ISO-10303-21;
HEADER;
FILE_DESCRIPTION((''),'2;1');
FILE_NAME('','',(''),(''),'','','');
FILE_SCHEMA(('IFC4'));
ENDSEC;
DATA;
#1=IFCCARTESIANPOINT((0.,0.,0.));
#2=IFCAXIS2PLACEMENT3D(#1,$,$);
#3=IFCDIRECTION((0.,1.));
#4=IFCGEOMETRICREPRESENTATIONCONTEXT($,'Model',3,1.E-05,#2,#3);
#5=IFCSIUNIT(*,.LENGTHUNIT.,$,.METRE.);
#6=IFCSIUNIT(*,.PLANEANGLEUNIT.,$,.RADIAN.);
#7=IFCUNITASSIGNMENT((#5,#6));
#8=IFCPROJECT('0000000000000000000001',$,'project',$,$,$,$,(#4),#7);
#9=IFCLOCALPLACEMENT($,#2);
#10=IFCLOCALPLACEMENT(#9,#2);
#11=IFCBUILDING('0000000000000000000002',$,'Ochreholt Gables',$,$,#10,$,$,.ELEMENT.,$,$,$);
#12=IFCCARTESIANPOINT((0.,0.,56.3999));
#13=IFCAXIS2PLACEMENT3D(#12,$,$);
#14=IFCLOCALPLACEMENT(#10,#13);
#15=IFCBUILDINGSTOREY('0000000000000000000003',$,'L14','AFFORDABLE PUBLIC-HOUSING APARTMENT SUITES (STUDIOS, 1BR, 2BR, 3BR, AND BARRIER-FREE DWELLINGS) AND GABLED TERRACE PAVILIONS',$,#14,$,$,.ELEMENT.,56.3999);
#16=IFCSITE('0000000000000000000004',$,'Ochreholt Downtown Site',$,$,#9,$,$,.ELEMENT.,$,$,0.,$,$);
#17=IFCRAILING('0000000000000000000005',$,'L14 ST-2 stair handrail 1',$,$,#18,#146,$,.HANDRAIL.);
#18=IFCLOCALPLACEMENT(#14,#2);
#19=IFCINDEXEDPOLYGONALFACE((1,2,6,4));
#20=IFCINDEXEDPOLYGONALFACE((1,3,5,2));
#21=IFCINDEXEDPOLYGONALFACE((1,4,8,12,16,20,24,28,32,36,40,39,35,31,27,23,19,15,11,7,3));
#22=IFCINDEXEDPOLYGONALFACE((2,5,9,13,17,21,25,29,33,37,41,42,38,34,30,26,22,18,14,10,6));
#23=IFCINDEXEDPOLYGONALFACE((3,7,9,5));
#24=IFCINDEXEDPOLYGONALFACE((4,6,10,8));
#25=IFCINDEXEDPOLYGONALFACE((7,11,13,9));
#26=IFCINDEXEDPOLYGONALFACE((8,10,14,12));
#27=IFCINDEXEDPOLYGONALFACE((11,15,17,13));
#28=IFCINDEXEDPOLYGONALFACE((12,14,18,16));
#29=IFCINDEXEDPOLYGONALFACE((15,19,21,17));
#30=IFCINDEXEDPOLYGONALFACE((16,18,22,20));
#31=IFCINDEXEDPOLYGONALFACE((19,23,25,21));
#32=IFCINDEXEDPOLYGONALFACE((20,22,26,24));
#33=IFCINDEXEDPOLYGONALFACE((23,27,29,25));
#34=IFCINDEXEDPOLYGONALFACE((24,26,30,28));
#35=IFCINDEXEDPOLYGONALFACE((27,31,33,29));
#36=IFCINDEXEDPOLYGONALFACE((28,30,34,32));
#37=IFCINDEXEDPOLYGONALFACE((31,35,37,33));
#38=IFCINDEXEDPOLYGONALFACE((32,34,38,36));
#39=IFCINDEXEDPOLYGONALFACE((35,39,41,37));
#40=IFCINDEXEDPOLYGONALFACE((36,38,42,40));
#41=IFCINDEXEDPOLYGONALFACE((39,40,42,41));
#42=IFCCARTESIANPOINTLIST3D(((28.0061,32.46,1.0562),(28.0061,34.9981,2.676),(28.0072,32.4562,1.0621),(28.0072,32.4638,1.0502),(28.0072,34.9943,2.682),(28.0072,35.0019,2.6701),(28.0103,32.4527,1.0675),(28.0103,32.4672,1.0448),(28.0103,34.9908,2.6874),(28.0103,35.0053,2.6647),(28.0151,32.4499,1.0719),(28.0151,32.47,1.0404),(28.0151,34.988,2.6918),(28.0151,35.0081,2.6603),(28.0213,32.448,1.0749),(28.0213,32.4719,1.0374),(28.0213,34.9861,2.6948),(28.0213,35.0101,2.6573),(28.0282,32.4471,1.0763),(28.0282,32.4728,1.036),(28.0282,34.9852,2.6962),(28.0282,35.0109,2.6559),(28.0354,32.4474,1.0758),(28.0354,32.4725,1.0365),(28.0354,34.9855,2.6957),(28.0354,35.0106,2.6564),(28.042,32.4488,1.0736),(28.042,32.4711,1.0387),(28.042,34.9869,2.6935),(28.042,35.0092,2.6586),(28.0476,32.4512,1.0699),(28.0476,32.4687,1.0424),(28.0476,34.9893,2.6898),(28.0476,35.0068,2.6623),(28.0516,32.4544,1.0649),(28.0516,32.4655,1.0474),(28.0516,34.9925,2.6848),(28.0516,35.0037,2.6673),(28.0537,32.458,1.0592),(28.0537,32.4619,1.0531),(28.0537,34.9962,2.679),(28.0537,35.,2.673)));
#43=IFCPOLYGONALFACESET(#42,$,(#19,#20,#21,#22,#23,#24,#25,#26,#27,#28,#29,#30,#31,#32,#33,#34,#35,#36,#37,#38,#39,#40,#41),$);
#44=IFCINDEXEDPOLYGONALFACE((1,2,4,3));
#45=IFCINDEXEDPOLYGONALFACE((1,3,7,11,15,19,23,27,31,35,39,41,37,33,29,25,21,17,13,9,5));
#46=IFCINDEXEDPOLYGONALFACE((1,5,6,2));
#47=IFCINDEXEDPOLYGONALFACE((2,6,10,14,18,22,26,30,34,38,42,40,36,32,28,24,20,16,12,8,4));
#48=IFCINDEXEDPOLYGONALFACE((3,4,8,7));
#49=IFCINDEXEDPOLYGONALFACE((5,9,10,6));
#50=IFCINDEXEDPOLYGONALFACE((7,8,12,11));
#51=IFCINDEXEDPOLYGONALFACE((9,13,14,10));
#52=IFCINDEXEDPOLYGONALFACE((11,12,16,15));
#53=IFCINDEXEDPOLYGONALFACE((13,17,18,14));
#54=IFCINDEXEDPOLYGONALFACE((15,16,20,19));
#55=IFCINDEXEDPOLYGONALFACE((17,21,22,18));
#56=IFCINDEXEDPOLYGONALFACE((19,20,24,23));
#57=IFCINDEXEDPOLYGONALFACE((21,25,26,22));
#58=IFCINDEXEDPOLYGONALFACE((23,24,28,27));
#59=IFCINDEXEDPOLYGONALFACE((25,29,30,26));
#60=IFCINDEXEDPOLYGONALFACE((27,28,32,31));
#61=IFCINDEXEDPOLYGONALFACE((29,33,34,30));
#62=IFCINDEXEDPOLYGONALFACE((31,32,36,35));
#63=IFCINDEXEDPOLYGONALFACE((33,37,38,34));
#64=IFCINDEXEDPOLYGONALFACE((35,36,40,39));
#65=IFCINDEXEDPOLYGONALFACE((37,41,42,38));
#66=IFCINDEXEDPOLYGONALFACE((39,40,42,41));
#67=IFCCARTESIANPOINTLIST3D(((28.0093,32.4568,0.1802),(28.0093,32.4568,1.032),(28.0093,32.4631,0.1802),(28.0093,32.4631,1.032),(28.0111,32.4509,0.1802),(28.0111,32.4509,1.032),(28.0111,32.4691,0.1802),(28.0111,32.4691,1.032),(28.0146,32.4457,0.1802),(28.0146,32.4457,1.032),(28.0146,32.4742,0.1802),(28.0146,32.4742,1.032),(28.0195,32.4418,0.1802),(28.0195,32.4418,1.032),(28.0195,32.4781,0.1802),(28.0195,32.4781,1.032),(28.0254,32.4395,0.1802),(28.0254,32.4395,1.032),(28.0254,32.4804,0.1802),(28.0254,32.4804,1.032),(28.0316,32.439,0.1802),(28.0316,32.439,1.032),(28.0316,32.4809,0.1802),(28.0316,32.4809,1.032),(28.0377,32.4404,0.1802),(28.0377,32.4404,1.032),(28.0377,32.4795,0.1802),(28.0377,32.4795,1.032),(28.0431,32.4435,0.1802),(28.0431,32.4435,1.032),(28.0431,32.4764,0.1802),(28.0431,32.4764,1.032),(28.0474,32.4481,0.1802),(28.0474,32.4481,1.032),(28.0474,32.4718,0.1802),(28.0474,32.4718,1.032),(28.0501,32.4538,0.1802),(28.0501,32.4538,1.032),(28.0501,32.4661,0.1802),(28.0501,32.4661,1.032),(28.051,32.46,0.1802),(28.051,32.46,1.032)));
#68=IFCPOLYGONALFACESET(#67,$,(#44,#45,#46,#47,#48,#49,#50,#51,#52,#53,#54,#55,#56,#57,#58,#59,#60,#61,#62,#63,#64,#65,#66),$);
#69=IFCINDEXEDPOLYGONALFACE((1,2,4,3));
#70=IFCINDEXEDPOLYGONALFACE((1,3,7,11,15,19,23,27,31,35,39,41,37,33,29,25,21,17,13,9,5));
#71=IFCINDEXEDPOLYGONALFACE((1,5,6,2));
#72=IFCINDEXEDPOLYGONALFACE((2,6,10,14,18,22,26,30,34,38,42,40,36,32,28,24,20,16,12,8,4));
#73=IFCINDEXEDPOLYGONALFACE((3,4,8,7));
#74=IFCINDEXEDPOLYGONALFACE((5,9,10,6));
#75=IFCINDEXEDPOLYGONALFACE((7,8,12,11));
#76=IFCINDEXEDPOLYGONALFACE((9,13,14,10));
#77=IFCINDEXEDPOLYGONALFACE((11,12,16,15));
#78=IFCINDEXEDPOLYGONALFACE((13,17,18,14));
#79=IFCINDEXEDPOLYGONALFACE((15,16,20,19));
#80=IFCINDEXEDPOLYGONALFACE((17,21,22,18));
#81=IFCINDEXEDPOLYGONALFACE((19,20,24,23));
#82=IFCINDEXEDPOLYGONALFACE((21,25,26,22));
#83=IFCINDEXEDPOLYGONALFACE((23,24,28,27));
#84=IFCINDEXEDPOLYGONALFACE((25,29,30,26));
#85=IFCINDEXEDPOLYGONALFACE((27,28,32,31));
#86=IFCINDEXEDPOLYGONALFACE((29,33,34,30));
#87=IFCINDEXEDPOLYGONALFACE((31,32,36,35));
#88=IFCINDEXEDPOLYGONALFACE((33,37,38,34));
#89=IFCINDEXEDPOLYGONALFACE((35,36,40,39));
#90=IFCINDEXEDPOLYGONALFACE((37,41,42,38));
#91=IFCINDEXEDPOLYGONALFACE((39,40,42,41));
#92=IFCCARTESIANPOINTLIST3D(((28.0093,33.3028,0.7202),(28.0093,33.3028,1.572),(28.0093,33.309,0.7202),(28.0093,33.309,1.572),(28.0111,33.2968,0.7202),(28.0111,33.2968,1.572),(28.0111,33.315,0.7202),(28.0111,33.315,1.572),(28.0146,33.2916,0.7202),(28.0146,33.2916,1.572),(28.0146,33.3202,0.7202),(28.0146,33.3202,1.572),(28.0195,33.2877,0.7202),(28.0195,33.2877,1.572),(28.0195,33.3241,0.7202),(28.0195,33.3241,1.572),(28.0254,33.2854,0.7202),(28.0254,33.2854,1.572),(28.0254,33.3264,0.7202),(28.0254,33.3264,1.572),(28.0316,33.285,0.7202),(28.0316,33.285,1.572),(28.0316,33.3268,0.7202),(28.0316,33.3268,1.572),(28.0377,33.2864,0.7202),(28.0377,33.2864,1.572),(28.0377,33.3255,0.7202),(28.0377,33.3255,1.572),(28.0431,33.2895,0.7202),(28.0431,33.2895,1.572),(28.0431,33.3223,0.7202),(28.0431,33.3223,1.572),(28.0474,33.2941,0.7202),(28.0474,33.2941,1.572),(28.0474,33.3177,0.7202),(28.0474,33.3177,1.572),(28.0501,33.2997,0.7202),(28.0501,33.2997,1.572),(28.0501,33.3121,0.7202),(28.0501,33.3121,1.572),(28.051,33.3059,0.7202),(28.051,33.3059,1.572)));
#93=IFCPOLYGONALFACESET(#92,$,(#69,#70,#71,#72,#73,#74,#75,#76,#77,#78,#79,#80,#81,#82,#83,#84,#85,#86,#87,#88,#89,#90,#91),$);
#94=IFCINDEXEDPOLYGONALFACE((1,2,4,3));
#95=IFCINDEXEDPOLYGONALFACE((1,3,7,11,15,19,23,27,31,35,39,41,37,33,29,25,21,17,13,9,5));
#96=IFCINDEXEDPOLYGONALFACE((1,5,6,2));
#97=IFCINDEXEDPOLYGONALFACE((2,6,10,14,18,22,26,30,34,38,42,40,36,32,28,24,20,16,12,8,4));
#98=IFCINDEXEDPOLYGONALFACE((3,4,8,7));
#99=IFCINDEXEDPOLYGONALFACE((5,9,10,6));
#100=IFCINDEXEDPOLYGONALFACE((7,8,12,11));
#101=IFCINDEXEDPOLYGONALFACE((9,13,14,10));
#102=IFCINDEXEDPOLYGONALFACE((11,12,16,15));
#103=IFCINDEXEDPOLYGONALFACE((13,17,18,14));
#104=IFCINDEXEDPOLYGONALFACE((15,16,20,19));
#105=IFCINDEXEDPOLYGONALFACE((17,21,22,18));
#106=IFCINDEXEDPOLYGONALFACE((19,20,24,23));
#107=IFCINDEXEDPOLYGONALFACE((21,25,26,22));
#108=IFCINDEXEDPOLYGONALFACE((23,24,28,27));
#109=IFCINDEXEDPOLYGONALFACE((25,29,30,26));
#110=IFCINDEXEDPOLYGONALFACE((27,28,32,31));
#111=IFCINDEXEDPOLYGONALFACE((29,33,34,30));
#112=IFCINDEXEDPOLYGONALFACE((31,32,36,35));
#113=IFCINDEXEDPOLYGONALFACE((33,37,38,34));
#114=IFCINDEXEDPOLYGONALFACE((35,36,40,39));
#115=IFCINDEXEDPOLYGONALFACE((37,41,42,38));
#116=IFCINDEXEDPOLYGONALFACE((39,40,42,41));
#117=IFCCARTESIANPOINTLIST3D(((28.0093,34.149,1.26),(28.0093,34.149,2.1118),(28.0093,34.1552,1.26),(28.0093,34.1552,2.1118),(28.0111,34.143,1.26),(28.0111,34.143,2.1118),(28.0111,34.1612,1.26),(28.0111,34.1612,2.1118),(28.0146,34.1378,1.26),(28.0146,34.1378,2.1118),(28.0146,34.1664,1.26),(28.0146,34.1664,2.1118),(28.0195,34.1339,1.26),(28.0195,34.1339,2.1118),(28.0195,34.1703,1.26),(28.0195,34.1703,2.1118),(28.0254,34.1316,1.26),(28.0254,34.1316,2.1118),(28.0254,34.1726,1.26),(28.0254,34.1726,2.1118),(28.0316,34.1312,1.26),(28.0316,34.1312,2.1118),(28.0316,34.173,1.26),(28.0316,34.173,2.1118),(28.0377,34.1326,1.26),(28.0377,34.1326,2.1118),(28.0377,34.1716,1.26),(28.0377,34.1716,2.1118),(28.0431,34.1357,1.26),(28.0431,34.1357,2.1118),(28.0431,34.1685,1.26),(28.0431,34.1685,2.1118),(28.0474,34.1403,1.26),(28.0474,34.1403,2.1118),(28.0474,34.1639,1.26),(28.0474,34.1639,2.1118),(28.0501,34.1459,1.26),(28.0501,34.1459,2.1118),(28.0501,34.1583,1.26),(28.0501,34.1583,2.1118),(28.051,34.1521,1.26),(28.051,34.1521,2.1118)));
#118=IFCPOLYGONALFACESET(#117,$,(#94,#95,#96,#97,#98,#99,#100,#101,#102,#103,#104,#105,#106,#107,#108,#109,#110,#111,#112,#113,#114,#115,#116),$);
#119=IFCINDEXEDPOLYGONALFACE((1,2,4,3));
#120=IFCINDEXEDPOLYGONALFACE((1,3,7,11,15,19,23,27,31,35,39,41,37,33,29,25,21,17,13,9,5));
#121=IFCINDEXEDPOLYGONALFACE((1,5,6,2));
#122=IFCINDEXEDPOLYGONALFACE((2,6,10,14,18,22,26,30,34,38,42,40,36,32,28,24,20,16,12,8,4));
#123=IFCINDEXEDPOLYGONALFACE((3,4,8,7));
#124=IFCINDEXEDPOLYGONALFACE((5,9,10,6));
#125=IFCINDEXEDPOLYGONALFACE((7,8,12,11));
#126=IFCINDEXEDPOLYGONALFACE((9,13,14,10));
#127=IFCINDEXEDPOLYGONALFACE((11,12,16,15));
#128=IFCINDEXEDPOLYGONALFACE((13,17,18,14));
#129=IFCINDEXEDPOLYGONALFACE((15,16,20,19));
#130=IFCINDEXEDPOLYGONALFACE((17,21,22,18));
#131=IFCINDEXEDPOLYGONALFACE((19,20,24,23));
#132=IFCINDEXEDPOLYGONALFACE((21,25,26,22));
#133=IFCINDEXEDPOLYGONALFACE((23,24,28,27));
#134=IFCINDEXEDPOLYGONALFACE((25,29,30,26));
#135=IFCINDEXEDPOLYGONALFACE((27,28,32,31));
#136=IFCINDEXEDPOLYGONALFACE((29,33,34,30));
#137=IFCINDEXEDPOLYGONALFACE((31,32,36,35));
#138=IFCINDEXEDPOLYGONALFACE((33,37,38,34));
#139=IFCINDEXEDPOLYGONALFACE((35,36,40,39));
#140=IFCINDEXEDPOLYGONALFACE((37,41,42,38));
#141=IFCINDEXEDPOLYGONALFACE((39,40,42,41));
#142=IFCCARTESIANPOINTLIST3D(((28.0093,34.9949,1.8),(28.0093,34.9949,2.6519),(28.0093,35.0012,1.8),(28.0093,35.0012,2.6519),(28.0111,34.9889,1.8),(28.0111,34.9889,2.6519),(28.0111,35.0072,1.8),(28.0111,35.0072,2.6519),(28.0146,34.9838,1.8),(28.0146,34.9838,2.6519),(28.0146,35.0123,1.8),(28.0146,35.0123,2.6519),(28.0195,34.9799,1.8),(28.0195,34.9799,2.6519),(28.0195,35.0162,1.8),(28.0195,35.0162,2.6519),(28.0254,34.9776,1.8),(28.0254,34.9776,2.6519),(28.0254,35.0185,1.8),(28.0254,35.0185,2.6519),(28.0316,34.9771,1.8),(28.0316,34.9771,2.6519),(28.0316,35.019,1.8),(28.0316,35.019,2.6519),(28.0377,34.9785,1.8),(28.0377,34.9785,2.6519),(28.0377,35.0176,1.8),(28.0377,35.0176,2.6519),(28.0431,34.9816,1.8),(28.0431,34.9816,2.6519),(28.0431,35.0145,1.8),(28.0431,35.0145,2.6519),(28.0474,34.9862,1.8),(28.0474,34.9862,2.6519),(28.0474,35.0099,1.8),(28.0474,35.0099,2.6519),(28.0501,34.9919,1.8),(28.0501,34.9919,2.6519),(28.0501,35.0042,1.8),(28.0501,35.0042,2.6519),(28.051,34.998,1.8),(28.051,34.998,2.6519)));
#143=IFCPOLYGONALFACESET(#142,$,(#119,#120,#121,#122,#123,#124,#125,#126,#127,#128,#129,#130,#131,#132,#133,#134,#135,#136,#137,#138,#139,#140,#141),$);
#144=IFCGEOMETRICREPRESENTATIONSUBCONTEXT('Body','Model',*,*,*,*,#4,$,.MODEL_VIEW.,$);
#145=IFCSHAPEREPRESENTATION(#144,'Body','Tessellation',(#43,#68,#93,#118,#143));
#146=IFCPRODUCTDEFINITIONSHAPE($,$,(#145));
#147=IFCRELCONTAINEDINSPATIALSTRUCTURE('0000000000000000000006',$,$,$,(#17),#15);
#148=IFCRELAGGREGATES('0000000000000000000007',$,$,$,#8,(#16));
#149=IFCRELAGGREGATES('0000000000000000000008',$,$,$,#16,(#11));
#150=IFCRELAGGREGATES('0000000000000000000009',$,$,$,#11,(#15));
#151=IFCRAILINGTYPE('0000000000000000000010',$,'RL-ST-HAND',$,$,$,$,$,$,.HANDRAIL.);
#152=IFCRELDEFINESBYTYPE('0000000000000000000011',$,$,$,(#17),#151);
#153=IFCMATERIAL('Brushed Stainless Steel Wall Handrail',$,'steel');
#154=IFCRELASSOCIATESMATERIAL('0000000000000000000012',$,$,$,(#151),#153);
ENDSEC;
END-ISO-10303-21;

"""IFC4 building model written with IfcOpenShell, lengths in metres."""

from ifc_helpers import new_model, si_unit, direction, frame, origin, origin_2d, place, context, subcontext, project, spatial, circle, extrude, material, type_object, element, save


model = new_model("IFC4")

# Units and contexts
model_context = context("Model", 3, precision=1e-05, world=origin(), true_north=direction((0.0, 1.0)))
body_context = subcontext(model_context, "Body", "Model", "MODEL_VIEW")
ifc_project = project(units=[si_unit("LENGTHUNIT", "METRE"), si_unit("PLANEANGLEUNIT", "RADIAN")], contexts=[model_context])

# Site, building, storey
site_placement = place(None, origin())
site = spatial("IfcSite", under=ifc_project, at=site_placement, Name="Ochreholt Downtown Site", CompositionType="ELEMENT", RefElevation=0.0)
building_placement = place(site_placement, origin())
building = spatial("IfcBuilding", under=site, at=building_placement, Name="Ochreholt Gables", CompositionType="ELEMENT")
storey_placement = place(building_placement, frame((0.0, 0.0, 56.3999)))
storey = spatial("IfcBuildingStorey", under=building, at=storey_placement, Name="L14", Description="AFFORDABLE PUBLIC-HOUSING APARTMENT SUITES (STUDIOS, 1BR, 2BR, 3BR, AND BARRIER-FREE DWELLINGS) AND GABLED TERRACE PAVILIONS", CompositionType="ELEMENT", Elevation=56.3999)

# Railing
ifc_material_1 = material(Name="Brushed Stainless Steel Wall Handrail", Category="steel")
railing_type_1 = type_object("IfcRailingType", Name="RL-ST-HAND", PredefinedType="HANDRAIL", material=ifc_material_1)
railing_1_placement = place(storey_placement, frame((28.03, 32.46, 0.1802)))
element("IfcRailing", 1, at=railing_1_placement, inside=storey, type_object=railing_type_1, Name="L14 ST-2 stair handrail 1", PredefinedType="HANDRAIL", context=body_context, shape_type="SweptSolid", body=[
    extrude(circle(Radius=0.0239, at=origin_2d()), frame((0.0, 0.0, 0.876), z_axis=(0.0, 0.84295, 0.537993), x_axis=(-1.0, 0.0, 0.0)), (0.0, 0.0, 1.0), 3.011),
    extrude(circle(Radius=0.021, at=origin_2d()), origin(), (0.0, 0.0, 1.0), 0.8518),
    extrude(circle(Radius=0.021, at=origin_2d()), frame((0.0, 0.8459, 0.54)), (0.0, 0.0, 1.0), 0.8518),
    extrude(circle(Radius=0.021, at=origin_2d()), frame((0.0, 1.6921, 1.0798)), (0.0, 0.0, 1.0), 0.8518),
    extrude(circle(Radius=0.021, at=origin_2d()), frame((0.0, 2.5381, 1.6199)), (0.0, 0.0, 1.0), 0.8518),
])

save(model, "model.ifc")
